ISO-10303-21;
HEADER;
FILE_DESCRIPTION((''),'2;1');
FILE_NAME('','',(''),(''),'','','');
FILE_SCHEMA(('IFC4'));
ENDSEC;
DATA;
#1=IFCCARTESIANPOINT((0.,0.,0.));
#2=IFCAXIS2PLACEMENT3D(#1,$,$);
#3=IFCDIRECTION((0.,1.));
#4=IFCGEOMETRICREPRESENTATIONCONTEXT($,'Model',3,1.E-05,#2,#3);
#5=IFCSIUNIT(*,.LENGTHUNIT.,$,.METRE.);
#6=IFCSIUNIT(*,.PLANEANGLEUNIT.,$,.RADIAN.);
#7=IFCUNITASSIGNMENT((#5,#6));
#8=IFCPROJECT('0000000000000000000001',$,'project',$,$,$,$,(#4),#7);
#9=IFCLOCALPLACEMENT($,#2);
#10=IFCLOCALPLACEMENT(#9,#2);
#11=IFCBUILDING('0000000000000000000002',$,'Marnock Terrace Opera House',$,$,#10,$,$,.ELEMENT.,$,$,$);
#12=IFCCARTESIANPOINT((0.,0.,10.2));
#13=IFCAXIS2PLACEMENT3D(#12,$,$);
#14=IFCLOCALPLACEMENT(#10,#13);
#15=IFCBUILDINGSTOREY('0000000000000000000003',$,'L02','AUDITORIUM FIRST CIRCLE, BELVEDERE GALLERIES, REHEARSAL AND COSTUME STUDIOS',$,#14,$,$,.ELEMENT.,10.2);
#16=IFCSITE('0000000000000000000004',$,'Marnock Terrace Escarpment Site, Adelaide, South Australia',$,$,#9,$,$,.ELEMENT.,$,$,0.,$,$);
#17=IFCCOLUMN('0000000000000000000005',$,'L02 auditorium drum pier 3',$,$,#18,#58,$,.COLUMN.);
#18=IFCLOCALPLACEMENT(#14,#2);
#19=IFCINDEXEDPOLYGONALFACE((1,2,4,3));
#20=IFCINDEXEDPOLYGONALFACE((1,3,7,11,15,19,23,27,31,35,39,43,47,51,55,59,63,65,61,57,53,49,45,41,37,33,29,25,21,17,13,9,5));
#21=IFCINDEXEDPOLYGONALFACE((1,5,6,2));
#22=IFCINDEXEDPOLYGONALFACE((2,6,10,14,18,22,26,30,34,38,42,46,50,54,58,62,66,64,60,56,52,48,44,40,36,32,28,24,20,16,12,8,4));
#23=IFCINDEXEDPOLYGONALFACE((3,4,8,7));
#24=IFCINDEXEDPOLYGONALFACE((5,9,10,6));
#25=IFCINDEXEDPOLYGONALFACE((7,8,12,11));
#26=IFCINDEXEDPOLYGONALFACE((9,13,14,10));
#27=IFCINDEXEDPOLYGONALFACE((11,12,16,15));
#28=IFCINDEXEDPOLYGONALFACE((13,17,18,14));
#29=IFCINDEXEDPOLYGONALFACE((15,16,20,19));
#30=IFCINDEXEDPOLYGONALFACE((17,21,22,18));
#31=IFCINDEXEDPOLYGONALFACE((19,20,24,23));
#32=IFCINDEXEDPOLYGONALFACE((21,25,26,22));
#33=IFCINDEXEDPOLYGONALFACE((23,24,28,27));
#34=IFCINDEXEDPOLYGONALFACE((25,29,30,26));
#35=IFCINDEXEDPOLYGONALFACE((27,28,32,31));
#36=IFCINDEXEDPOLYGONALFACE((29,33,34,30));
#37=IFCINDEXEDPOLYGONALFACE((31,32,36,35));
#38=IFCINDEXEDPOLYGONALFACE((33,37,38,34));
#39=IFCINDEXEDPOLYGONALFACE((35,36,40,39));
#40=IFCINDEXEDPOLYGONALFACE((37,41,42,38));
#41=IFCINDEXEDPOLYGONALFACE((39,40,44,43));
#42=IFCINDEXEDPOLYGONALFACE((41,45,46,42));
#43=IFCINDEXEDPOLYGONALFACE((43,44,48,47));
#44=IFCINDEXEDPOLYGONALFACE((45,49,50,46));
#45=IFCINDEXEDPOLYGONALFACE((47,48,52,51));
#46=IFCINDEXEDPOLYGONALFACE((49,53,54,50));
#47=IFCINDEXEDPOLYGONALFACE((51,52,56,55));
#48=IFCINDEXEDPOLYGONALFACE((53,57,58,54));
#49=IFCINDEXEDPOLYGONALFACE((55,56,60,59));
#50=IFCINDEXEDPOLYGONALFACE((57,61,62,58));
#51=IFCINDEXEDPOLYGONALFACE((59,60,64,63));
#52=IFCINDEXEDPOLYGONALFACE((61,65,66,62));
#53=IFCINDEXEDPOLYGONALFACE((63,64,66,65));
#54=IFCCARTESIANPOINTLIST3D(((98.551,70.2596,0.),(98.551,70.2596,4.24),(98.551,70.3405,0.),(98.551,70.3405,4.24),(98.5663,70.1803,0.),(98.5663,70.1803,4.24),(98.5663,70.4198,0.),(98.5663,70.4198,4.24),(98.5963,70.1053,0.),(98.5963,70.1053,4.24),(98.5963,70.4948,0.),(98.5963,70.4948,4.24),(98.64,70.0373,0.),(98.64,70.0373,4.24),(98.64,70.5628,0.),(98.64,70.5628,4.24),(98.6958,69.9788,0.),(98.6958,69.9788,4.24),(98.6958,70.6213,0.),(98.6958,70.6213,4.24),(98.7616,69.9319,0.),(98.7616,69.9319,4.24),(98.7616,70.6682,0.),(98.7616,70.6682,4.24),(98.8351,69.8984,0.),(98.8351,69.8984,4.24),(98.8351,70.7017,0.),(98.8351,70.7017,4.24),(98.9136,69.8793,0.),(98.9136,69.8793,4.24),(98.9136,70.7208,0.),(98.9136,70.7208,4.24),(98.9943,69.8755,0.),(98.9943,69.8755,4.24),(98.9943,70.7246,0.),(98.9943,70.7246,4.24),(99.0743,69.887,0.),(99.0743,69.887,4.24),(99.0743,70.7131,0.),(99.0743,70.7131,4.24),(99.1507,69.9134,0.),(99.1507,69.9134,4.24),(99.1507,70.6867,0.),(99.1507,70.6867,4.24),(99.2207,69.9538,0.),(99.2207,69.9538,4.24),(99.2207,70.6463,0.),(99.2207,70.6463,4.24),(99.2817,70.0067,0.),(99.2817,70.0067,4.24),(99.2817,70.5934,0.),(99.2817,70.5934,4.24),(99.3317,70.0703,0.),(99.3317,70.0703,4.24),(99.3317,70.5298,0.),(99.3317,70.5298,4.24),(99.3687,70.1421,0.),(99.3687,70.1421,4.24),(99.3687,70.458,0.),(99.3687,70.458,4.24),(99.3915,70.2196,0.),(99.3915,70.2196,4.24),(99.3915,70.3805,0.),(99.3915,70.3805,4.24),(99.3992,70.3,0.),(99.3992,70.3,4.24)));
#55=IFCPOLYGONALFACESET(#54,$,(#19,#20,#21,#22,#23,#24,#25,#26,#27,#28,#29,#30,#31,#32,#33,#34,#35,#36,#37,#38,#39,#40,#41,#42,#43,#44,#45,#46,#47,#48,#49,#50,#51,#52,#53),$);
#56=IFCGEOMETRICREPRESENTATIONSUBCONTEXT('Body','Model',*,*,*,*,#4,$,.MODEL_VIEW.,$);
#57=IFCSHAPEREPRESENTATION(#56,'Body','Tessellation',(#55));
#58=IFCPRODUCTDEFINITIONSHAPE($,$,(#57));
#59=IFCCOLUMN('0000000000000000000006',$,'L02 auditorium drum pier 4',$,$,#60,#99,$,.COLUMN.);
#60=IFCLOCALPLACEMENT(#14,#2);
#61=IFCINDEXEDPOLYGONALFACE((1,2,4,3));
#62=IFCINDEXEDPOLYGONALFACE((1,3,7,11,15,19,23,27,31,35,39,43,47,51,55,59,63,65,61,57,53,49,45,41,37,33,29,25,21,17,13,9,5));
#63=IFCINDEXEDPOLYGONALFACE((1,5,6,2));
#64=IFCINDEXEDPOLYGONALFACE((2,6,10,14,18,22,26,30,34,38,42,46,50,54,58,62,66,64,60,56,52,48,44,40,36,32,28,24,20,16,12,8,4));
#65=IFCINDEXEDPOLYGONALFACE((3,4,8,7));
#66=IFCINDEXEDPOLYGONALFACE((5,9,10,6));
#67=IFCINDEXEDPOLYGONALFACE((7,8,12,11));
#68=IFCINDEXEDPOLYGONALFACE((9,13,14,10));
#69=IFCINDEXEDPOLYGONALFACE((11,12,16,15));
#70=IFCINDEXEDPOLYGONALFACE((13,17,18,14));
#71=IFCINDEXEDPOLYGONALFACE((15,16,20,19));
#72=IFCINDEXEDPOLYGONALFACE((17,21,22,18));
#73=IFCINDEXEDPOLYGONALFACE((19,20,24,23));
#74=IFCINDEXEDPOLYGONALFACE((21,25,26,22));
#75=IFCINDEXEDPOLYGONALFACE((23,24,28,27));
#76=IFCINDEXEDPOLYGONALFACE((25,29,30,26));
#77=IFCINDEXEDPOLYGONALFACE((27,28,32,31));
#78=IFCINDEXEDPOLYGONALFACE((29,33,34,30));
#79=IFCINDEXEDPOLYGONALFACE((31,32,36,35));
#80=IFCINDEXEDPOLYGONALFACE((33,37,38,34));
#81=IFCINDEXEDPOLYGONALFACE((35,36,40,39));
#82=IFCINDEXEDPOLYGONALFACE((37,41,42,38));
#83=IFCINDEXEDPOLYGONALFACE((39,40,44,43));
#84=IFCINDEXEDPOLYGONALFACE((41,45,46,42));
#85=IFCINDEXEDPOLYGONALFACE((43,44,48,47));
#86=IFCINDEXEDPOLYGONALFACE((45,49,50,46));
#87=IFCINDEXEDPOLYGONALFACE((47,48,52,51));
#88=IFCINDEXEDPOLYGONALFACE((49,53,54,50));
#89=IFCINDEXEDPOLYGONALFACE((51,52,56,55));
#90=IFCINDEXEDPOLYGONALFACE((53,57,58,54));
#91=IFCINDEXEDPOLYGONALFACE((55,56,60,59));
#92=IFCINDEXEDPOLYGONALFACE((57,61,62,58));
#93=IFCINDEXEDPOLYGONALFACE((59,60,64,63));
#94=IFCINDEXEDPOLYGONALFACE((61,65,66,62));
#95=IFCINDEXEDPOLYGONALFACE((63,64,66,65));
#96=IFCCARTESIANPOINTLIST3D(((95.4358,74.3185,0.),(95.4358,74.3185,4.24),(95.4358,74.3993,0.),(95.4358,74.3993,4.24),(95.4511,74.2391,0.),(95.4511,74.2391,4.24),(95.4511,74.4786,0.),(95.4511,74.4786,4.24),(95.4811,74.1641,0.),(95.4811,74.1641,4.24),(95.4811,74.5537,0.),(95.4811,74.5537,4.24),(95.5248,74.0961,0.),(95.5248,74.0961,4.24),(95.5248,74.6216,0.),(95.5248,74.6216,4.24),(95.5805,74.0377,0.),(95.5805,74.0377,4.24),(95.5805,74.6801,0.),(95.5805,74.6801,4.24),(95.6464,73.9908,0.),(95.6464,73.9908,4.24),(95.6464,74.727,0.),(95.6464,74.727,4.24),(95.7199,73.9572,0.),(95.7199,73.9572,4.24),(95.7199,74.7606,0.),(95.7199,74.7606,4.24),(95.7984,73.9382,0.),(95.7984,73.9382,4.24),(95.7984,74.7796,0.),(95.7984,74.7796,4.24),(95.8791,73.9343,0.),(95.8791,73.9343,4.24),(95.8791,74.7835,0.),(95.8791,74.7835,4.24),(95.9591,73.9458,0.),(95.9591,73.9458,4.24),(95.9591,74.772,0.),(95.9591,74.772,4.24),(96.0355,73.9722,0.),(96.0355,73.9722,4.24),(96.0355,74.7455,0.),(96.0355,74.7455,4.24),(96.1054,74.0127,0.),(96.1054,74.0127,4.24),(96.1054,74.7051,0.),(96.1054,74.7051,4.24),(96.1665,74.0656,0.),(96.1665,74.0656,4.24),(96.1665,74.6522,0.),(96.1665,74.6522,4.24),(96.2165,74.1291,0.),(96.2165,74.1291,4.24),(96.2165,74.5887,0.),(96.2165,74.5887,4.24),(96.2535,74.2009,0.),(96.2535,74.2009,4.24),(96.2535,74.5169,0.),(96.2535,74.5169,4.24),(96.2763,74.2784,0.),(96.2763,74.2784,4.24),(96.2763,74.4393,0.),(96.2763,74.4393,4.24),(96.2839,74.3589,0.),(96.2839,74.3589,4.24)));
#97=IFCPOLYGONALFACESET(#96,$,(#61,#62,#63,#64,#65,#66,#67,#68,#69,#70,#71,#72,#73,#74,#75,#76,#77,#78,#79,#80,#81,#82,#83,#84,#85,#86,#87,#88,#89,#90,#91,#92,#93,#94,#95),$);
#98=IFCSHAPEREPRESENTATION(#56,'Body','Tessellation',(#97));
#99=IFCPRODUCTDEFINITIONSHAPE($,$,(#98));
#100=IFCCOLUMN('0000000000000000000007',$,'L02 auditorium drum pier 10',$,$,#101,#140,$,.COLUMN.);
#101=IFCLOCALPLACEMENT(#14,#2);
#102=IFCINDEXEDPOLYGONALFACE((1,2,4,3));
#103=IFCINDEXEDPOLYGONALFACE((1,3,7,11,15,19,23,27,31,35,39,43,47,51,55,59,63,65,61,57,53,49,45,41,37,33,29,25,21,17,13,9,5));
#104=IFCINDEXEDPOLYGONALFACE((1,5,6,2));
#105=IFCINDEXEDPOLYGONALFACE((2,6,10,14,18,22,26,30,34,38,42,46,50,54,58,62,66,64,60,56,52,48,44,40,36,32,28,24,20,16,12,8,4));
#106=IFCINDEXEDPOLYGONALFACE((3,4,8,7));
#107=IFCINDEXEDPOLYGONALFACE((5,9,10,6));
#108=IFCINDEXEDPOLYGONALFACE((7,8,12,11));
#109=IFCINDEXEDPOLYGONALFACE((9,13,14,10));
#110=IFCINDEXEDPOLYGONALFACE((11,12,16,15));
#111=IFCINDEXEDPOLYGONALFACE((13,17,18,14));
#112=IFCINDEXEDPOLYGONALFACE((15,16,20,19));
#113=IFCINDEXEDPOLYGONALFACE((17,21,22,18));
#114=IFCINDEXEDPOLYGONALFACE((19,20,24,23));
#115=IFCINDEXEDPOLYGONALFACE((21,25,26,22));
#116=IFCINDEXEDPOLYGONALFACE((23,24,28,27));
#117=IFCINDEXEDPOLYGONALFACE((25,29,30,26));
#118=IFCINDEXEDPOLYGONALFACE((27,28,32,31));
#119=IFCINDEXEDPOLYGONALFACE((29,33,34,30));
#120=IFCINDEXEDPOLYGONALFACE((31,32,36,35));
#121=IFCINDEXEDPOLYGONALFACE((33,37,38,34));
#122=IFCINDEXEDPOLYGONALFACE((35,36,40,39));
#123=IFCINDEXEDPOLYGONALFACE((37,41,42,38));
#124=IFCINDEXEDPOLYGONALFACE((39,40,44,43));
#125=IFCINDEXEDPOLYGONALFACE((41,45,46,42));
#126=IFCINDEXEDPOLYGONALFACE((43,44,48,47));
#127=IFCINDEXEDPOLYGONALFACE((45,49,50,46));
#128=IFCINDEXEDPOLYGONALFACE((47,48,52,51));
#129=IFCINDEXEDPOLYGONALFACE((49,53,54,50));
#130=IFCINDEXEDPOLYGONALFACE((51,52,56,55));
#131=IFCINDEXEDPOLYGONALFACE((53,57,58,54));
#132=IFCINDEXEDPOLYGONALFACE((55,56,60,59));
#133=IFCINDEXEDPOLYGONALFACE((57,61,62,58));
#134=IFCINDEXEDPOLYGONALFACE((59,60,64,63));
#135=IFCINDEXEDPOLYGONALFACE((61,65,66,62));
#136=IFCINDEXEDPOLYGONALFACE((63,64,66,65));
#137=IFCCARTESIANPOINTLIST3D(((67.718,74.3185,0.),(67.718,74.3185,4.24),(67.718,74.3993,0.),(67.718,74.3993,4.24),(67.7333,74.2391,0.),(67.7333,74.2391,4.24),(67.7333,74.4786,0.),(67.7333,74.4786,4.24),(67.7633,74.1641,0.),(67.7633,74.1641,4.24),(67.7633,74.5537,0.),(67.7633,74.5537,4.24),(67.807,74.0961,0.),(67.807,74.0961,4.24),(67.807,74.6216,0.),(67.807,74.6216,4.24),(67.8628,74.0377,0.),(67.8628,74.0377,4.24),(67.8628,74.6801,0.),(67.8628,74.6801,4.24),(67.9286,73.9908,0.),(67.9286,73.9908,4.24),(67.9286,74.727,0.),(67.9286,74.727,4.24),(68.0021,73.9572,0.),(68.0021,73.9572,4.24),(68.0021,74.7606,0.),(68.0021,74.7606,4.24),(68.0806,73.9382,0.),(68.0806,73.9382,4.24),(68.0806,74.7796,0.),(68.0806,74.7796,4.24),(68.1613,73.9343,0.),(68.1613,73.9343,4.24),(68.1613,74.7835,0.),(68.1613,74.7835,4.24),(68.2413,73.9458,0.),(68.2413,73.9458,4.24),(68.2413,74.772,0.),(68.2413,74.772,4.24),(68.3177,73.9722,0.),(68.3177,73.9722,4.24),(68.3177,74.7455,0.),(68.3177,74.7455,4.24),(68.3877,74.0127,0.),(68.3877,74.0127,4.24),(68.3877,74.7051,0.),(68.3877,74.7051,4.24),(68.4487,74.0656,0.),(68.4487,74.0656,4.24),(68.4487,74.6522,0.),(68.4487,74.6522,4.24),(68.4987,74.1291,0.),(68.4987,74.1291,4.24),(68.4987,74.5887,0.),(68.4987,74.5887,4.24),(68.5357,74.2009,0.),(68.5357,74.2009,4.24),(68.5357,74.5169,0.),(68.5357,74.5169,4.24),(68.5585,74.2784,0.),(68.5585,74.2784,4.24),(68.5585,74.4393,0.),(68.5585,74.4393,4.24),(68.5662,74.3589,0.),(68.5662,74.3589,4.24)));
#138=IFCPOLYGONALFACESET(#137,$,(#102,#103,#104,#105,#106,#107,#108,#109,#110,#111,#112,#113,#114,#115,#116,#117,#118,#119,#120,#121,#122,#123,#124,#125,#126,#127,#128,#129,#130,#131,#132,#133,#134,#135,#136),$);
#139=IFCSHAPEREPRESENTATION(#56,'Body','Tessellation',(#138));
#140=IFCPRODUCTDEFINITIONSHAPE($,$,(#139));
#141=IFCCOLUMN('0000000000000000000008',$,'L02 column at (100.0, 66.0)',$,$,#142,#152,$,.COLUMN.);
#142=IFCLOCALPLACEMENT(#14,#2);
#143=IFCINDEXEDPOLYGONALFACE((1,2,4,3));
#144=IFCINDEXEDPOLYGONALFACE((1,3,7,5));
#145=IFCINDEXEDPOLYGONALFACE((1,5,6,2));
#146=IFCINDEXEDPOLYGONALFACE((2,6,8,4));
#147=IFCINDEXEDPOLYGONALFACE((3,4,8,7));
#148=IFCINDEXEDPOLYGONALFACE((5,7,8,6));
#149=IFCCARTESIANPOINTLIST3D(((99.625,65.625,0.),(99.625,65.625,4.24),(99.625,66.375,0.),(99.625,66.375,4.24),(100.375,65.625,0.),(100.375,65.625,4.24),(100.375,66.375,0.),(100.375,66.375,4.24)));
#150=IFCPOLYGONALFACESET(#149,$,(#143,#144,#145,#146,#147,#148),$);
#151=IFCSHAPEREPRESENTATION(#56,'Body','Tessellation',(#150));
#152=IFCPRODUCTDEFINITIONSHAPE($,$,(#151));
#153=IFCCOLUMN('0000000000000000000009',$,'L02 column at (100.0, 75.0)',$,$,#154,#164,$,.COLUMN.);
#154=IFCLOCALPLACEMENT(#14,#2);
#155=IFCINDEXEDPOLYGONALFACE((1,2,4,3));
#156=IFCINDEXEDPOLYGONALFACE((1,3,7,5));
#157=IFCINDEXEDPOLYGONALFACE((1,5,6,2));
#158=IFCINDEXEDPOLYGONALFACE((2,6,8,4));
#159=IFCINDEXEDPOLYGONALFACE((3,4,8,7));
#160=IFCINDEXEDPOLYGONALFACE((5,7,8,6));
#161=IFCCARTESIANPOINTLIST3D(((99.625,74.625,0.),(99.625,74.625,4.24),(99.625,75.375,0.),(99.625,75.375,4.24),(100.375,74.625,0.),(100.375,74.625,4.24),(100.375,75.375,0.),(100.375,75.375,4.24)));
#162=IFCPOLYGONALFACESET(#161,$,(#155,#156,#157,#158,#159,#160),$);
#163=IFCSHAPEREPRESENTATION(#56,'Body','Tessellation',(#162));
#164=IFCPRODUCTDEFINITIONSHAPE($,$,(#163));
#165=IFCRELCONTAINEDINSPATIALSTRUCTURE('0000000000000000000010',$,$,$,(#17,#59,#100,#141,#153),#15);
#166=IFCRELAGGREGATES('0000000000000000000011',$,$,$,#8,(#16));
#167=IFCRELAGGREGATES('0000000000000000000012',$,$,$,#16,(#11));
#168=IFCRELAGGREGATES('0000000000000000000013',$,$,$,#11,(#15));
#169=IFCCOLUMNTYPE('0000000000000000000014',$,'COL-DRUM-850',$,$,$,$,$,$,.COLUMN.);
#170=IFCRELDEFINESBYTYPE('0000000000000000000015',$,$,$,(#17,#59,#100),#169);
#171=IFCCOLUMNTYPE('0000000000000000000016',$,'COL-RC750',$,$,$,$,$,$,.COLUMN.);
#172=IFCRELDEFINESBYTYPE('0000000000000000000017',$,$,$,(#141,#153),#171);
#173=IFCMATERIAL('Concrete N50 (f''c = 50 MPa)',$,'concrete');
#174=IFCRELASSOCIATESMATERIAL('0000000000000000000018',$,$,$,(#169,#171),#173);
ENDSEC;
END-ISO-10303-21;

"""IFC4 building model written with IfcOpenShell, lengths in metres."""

from ifc_helpers import new_model, si_unit, direction, frame, origin, origin_2d, place, context, subcontext, project, spatial, rectangle, circle, extrude, material, material_profile, profile_set, type_object, element, save


model = new_model("IFC4")

# Units and contexts
model_context = context("Model", 3, precision=1e-05, world=origin(), true_north=direction((0.0, 1.0)))
body_context = subcontext(model_context, "Body", "Model", "MODEL_VIEW")
ifc_project = project(units=[si_unit("LENGTHUNIT", "METRE"), si_unit("PLANEANGLEUNIT", "RADIAN")], contexts=[model_context])

# Site, building, storey
site_placement = place(None, origin())
site = spatial("IfcSite", under=ifc_project, at=site_placement, Name="Marnock Terrace Escarpment Site, Adelaide, South Australia", CompositionType="ELEMENT", RefElevation=0.0)
building_placement = place(site_placement, origin())
building = spatial("IfcBuilding", under=site, at=building_placement, Name="Marnock Terrace Opera House", CompositionType="ELEMENT")
storey_placement = place(building_placement, frame((0.0, 0.0, 10.2)))
storey = spatial("IfcBuildingStorey", under=building, at=storey_placement, Name="L02", Description="AUDITORIUM FIRST CIRCLE, BELVEDERE GALLERIES, REHEARSAL AND COSTUME STUDIOS", CompositionType="ELEMENT", Elevation=10.2)

# Columns
ifc_material_1 = material(Name="Concrete N50 (f'c = 50 MPa)", Category="concrete")
ifc_material_profile_1 = material_profile(ifc_material_1, circle(Radius=0.425, at=origin_2d()))
ifc_profile_set_1 = profile_set([ifc_material_profile_1], Name="Concrete N50 (f'c = 50 MPa)")
column_type_1 = type_object("IfcColumnType", Name="COL-DRUM-850", PredefinedType="COLUMN", material=ifc_profile_set_1)
for number, where, z_axis, x_axis, name in (
    (1, (98.9741, 70.3, 0.0), (0.0, 0.0, 1.0), (1.0, 0.0, 0.0), "L02 auditorium drum pier 3"),
    (2, (95.8589, 74.3589, 0.0), (0.0, 0.0, 1.0), (1.0, 0.0, 0.0), "L02 auditorium drum pier 4"),
    (3, (68.1411, 74.3589, 0.0), (0.0, 0.0, 1.0), (1.0, 0.0, 0.0), "L02 auditorium drum pier 10"),
):
    element("IfcColumn", number, at=place(storey_placement, frame(where, z_axis=z_axis, x_axis=x_axis)), inside=storey, type_object=column_type_1, Name=name, PredefinedType="COLUMN", context=body_context, shape_type="SweptSolid", body=[
        extrude(circle(Radius=0.425, at=origin_2d()), origin(), (0.0, 0.0, 1.0), 4.24),
    ])
ifc_material_profile_2 = material_profile(ifc_material_1, rectangle(XDim=0.75, YDim=0.75, at=origin_2d()))
ifc_profile_set_2 = profile_set([ifc_material_profile_2], Name="Concrete N50 (f'c = 50 MPa)")
column_type_2 = type_object("IfcColumnType", Name="COL-RC750", PredefinedType="COLUMN", material=ifc_profile_set_2)
for number, where, z_axis, x_axis, name in (
    (4, (100.0, 66.0, 0.0), (0.0, 0.0, 1.0), (1.0, 0.0, 0.0), "L02 column at (100.0, 66.0)"),
    (5, (100.0, 75.0, 0.0), (0.0, 0.0, 1.0), (1.0, 0.0, 0.0), "L02 column at (100.0, 75.0)"),
):
    element("IfcColumn", number, at=place(storey_placement, frame(where, z_axis=z_axis, x_axis=x_axis)), inside=storey, type_object=column_type_2, Name=name, PredefinedType="COLUMN", context=body_context, shape_type="SweptSolid", body=[
        extrude(rectangle(XDim=0.75, YDim=0.75, at=origin_2d()), origin(), (0.0, 0.0, 1.0), 4.24),
    ])

save(model, "model.ifc")
